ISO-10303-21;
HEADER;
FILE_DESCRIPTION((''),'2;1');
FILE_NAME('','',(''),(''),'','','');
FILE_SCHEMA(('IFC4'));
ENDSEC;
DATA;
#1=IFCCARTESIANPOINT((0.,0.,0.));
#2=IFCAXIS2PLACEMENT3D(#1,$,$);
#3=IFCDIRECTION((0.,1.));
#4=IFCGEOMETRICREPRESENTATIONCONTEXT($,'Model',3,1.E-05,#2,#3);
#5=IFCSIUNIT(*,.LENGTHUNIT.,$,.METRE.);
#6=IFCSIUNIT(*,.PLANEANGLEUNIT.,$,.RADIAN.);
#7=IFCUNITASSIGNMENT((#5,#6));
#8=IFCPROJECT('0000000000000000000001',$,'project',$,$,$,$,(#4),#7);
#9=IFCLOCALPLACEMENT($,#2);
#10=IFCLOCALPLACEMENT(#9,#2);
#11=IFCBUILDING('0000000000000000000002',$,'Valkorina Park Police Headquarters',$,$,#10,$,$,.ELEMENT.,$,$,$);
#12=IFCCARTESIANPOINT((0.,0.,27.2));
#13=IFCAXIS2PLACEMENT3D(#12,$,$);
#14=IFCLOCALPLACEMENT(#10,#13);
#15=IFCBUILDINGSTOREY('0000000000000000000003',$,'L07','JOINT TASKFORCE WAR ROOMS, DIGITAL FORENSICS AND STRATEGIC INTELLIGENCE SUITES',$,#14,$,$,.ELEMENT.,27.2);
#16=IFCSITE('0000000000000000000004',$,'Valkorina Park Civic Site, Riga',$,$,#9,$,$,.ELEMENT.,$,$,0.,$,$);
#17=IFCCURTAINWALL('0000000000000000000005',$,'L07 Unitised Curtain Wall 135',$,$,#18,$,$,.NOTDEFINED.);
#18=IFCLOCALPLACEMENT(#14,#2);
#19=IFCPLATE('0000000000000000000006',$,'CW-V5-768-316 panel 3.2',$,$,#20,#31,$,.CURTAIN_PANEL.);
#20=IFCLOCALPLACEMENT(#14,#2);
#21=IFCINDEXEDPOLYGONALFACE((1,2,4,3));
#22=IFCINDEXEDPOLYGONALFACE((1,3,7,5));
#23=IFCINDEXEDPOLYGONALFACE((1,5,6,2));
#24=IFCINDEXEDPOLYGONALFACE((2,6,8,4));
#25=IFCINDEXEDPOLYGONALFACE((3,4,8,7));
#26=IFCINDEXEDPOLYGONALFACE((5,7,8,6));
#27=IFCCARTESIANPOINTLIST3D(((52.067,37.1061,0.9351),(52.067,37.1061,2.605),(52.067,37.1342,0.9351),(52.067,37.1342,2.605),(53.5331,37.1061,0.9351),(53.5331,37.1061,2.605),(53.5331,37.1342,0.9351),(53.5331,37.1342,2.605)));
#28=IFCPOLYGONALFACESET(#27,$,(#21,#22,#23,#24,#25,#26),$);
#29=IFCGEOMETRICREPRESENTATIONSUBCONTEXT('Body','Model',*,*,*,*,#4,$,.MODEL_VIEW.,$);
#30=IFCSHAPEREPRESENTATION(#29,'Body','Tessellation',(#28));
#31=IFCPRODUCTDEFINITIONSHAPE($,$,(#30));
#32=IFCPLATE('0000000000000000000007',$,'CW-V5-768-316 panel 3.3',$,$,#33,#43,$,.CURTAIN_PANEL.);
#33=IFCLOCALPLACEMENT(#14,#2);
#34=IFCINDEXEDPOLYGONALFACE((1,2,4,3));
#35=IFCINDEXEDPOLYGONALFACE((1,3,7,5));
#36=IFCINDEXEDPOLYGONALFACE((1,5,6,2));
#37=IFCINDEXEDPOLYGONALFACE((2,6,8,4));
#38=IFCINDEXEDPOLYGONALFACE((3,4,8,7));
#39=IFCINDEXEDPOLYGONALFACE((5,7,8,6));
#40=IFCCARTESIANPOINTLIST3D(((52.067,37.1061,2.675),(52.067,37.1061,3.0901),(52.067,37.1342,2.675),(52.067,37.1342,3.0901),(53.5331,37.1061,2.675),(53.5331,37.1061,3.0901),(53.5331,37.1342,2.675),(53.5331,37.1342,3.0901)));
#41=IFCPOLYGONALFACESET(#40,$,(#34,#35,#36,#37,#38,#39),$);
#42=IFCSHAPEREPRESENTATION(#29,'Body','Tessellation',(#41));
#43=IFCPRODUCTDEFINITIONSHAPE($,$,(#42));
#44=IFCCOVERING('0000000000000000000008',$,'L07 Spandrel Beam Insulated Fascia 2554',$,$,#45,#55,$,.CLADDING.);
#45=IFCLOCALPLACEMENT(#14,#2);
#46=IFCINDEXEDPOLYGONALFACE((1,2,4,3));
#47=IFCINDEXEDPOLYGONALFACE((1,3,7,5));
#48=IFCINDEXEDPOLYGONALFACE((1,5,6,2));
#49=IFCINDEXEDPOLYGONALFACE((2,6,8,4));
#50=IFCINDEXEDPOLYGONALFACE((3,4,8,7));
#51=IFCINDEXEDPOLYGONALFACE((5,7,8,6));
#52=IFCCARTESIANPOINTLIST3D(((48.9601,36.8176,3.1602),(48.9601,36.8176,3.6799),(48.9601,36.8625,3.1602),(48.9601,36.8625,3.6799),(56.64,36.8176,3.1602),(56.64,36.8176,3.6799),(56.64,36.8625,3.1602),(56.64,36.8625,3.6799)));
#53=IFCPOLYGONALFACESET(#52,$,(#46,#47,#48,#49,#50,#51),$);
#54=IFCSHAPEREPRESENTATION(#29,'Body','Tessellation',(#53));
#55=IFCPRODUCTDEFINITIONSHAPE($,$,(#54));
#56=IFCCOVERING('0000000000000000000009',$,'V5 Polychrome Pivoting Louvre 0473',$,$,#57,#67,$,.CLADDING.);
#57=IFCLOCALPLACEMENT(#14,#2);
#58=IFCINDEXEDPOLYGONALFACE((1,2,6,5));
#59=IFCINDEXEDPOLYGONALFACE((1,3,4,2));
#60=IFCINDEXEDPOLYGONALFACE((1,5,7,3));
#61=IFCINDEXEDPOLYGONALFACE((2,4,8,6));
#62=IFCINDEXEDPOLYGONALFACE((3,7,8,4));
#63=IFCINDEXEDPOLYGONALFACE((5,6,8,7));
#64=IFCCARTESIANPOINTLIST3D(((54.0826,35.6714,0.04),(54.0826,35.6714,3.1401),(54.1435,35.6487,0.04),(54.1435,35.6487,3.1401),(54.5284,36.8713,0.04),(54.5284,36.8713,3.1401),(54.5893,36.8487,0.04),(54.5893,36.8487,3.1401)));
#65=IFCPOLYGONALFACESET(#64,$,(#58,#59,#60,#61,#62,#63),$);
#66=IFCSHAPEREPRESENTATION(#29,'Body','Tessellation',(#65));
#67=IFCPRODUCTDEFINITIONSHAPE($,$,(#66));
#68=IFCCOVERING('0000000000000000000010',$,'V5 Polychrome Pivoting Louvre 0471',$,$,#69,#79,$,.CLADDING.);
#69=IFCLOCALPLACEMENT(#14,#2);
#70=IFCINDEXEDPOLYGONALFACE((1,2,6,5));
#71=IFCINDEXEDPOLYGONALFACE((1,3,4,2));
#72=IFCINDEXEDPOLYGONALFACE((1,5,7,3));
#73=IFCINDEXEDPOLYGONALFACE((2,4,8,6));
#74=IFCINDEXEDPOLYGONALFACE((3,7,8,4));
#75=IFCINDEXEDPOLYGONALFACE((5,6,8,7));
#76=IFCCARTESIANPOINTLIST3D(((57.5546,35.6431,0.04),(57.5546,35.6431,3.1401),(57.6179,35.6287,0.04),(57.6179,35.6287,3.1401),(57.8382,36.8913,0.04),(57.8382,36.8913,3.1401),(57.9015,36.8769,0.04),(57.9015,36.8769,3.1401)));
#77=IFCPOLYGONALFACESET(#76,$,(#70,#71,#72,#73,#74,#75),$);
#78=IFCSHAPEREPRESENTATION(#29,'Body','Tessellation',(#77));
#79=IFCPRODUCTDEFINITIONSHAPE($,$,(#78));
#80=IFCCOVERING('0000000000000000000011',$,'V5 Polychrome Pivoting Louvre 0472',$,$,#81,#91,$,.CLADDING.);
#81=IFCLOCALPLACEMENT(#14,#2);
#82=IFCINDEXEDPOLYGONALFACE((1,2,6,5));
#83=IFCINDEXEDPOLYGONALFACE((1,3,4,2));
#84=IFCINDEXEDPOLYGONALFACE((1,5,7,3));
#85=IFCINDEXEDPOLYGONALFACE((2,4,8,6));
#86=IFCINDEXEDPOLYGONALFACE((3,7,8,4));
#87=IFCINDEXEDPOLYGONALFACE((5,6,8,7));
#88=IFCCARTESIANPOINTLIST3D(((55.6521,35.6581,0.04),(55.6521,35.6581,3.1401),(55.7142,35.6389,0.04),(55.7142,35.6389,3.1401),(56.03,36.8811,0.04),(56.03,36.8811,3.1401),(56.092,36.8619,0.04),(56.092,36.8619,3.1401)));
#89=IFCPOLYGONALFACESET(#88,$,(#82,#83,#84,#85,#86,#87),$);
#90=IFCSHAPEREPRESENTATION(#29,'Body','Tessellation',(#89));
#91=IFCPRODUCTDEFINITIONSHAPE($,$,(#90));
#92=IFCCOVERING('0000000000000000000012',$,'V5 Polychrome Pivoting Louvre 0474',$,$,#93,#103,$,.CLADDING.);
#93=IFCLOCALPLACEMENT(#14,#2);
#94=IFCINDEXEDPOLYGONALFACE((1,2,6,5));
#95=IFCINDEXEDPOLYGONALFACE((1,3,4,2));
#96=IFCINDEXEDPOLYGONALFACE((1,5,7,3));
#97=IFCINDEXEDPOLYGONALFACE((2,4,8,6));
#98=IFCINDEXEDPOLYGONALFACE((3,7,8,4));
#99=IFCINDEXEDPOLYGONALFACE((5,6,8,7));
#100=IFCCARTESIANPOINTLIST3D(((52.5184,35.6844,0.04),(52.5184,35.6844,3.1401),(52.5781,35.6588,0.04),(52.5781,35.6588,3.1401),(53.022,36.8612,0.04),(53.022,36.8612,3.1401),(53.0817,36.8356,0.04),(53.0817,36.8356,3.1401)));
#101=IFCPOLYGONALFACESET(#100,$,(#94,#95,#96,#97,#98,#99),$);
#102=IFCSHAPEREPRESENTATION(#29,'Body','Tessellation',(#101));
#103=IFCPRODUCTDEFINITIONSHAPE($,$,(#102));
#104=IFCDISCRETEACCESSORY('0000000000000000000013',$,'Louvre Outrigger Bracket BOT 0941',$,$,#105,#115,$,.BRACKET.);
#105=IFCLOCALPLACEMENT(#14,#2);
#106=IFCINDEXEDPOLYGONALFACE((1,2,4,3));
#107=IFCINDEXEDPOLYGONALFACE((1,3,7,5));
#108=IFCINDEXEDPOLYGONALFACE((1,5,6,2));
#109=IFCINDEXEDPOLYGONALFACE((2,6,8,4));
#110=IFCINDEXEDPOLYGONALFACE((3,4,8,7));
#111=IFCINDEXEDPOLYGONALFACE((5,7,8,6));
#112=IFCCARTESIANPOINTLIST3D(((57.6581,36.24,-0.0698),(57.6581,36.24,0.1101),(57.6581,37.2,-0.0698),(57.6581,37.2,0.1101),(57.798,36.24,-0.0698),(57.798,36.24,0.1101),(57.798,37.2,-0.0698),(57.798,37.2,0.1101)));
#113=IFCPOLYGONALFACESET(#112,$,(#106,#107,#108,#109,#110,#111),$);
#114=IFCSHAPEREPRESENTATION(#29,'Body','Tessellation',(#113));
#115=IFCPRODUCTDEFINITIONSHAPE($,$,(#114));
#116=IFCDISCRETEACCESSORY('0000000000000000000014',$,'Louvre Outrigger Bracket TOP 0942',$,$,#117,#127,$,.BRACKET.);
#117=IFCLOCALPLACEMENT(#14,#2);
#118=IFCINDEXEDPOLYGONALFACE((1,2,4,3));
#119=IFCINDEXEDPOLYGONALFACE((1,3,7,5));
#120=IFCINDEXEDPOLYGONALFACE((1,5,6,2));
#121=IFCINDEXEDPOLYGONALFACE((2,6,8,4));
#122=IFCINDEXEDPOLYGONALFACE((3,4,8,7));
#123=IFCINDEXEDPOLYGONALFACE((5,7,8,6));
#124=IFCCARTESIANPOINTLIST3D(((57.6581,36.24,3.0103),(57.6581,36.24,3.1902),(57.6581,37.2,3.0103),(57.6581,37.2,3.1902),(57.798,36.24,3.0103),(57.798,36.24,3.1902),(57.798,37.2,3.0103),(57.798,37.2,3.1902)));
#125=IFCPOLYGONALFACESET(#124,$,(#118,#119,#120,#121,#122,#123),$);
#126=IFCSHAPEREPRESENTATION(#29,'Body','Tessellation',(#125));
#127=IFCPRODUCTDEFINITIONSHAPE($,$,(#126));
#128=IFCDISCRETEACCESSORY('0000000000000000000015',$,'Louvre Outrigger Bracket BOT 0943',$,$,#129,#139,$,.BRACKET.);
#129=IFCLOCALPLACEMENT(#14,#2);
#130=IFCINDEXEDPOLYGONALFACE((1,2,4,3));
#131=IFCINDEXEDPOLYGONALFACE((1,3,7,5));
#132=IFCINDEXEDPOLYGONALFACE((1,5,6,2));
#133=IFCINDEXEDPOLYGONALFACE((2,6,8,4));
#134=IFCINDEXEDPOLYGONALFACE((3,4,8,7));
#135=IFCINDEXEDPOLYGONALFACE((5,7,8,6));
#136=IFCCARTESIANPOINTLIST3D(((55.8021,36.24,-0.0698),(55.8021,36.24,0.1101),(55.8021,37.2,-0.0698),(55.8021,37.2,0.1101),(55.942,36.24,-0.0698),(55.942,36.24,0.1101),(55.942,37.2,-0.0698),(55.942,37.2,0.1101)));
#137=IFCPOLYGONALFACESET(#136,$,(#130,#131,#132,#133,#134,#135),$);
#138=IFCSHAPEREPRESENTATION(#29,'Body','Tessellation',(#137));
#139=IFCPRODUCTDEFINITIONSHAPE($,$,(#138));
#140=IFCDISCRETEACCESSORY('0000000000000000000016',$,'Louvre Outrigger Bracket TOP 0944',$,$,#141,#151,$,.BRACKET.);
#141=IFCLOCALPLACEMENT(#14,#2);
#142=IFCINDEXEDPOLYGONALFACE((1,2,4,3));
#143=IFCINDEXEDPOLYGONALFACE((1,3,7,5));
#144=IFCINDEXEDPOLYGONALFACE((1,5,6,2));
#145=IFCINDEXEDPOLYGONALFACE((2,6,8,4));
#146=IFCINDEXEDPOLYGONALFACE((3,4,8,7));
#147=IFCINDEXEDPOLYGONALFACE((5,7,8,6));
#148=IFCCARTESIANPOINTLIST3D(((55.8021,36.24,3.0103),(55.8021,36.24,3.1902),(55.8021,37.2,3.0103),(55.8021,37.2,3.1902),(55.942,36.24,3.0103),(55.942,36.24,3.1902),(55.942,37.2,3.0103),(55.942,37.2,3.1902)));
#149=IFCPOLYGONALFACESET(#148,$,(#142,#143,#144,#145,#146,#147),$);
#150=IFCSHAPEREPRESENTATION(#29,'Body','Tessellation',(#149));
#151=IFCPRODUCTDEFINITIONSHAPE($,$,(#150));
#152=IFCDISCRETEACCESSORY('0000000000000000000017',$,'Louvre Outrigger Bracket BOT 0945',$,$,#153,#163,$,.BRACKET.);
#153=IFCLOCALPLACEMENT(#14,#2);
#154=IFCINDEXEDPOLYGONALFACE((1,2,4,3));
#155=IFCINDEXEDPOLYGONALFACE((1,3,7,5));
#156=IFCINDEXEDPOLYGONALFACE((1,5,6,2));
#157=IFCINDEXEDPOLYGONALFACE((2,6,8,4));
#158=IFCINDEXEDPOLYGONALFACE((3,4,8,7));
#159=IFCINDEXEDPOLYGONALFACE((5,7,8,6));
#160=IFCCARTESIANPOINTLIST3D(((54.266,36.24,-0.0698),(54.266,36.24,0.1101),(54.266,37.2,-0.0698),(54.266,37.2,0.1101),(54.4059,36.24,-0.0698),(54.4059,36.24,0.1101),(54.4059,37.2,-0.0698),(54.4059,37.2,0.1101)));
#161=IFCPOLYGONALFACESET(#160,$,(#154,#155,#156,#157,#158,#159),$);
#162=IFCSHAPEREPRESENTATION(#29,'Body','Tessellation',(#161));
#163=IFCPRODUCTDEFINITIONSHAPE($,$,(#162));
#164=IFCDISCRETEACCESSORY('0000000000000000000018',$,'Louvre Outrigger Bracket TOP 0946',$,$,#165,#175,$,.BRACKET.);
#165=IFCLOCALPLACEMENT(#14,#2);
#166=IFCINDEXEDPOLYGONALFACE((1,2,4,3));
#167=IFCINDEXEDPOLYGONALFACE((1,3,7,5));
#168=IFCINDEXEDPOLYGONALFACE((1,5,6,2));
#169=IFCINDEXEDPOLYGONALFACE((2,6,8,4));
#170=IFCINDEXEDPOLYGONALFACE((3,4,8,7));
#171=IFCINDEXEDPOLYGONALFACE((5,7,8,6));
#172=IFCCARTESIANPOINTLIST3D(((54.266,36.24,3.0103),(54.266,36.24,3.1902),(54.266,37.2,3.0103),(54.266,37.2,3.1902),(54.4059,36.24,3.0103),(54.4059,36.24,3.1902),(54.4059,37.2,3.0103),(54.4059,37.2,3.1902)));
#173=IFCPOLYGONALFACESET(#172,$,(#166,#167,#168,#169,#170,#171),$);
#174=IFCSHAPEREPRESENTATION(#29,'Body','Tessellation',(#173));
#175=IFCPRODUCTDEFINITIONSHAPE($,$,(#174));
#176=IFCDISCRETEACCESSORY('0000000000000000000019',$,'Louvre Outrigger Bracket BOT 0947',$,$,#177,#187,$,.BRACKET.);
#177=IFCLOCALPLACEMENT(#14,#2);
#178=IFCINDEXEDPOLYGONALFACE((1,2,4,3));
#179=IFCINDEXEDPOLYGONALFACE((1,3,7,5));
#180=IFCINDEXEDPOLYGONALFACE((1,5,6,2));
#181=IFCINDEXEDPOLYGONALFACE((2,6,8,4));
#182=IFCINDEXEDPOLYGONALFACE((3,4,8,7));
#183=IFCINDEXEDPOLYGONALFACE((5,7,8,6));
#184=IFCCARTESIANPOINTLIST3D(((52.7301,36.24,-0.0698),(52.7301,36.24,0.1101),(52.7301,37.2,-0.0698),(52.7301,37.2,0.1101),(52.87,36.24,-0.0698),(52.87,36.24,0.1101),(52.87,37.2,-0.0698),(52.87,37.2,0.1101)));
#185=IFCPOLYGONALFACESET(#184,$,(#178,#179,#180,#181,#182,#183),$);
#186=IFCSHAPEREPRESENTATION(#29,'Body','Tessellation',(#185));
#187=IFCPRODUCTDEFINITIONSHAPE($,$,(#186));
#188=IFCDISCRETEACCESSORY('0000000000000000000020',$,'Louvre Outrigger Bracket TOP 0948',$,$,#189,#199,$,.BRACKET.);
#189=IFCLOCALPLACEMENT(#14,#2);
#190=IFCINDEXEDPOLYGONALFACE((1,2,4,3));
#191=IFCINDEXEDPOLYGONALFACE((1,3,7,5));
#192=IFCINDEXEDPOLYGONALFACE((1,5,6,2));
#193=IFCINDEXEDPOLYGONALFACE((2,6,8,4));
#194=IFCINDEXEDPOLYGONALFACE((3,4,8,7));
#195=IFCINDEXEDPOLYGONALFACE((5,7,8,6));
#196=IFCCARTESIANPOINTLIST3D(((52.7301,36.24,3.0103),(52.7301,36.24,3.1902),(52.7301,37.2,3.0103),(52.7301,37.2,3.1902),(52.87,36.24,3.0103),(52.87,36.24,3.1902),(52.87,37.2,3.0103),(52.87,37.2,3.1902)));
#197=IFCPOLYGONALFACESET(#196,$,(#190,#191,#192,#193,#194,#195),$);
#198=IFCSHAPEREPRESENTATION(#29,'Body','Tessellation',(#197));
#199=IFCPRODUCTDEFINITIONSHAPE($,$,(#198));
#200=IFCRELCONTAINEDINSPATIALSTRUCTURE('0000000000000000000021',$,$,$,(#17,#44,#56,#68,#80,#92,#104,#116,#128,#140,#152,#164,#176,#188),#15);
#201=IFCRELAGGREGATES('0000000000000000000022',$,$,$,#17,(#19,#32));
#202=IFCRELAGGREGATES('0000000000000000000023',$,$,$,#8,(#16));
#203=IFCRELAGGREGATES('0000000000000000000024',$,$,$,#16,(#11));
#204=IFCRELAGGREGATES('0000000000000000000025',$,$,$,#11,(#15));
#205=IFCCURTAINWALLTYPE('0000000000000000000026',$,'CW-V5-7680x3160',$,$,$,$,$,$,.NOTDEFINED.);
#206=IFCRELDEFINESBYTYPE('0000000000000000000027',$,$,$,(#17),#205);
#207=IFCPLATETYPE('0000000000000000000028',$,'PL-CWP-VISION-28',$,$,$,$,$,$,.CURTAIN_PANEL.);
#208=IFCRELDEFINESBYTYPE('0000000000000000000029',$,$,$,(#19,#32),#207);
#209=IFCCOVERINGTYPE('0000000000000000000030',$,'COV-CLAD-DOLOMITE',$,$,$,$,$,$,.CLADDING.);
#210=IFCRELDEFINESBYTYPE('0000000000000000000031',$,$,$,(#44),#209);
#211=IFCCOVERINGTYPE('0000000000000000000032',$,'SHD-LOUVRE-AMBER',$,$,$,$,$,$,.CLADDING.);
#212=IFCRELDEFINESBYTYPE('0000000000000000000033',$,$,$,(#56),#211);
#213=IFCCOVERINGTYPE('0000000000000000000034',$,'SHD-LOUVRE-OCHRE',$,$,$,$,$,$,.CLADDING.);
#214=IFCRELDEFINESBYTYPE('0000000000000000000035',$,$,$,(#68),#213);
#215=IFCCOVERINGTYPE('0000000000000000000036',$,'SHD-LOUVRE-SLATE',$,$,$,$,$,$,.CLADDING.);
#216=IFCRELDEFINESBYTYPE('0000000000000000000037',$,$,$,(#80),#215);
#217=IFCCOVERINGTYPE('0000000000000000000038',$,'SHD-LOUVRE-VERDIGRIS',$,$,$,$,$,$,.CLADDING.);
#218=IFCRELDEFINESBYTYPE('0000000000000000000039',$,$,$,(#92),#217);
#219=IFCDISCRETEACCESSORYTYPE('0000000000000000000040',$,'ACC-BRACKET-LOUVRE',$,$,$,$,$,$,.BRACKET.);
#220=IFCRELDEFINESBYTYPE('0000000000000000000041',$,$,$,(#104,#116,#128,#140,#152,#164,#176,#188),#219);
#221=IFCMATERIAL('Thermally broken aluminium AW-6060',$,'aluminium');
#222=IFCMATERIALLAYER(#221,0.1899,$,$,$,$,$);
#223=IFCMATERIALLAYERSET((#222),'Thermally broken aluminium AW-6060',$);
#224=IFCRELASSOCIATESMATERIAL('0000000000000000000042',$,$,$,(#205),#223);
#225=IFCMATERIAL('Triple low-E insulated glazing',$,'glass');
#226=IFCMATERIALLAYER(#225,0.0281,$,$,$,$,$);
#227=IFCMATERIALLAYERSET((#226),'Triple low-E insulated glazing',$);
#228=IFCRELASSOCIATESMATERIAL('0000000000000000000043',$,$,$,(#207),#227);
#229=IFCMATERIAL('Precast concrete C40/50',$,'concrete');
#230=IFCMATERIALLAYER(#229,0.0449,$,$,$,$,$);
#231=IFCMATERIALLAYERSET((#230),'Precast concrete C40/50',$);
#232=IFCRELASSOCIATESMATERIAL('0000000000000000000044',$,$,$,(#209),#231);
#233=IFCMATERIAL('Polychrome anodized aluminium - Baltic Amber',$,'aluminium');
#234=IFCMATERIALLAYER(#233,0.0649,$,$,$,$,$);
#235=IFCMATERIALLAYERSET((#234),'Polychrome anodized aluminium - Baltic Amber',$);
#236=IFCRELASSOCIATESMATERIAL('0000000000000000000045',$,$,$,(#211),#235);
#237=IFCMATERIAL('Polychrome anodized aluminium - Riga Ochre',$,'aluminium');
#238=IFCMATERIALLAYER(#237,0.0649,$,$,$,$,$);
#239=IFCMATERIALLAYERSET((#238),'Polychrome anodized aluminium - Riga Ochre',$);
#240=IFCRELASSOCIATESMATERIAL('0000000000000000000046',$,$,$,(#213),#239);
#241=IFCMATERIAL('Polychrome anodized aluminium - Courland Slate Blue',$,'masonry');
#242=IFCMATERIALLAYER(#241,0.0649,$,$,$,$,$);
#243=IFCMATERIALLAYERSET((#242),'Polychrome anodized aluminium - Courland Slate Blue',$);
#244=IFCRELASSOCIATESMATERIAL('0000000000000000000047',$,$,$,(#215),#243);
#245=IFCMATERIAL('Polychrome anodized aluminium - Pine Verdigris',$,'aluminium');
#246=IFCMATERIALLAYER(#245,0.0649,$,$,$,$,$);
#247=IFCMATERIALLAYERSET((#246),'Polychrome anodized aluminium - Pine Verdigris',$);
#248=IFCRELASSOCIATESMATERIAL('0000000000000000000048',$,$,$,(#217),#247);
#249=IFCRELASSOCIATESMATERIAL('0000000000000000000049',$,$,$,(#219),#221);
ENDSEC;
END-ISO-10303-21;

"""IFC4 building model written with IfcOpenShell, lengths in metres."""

from ifc_helpers import new_model, si_unit, direction, frame, frame_2d, origin, origin_2d, place, context, subcontext, project, spatial, rectangle, extrude, material, layer, layer_set, type_object, element, aggregate, save


model = new_model("IFC4")

# Units and contexts
model_context = context("Model", 3, precision=1e-05, world=origin(), true_north=direction((0.0, 1.0)))
body_context = subcontext(model_context, "Body", "Model", "MODEL_VIEW")
ifc_project = project(units=[si_unit("LENGTHUNIT", "METRE"), si_unit("PLANEANGLEUNIT", "RADIAN")], contexts=[model_context])

# Site, building, storey
site_placement = place(None, origin())
site = spatial("IfcSite", under=ifc_project, at=site_placement, Name="Valkorina Park Civic Site, Riga", CompositionType="ELEMENT", RefElevation=0.0)
building_placement = place(site_placement, origin())
building = spatial("IfcBuilding", under=site, at=building_placement, Name="Valkorina Park Police Headquarters", CompositionType="ELEMENT")
storey_placement = place(building_placement, frame((0.0, 0.0, 27.2)))
storey = spatial("IfcBuildingStorey", under=building, at=storey_placement, Name="L07", Description="JOINT TASKFORCE WAR ROOMS, DIGITAL FORENSICS AND STRATEGIC INTELLIGENCE SUITES", CompositionType="ELEMENT", Elevation=27.2)

# Curtain wall, plates
ifc_material_1 = material(Name="Thermally broken aluminium AW-6060", Category="aluminium")
ifc_layer_1 = layer(ifc_material_1, 0.1899)
ifc_layer_set_1 = layer_set([ifc_layer_1], Name="Thermally broken aluminium AW-6060")
curtain_wall_type = type_object("IfcCurtainWallType", Name="CW-V5-7680x3160", PredefinedType="NOTDEFINED", material=ifc_layer_set_1)
curtain_wall_placement = place(storey_placement, origin())
curtain_wall = element("IfcCurtainWall", 1, at=curtain_wall_placement, inside=storey, type_object=curtain_wall_type, Name="L07 Unitised Curtain Wall 135", PredefinedType="NOTDEFINED")
ifc_material_2 = material(Name="Triple low-E insulated glazing", Category="glass")
ifc_layer_2 = layer(ifc_material_2, 0.0281)
ifc_layer_set_2 = layer_set([ifc_layer_2], Name="Triple low-E insulated glazing")
plate_type_1 = type_object("IfcPlateType", Name="PL-CWP-VISION-28", PredefinedType="CURTAIN_PANEL", material=ifc_layer_set_2)
plate_1_placement = place(storey_placement, frame((52.8, 37.1201, 0.9351), z_axis=(0.0, 0.0, 1.0), x_axis=(-1.0, 0.0, 0.0)))
plate_1 = element("IfcPlate", 2, at=plate_1_placement, type_object=plate_type_1, Name="CW-V5-768-316 panel 3.2", PredefinedType="CURTAIN_PANEL", context=body_context, shape_type="SweptSolid", body=[
    extrude(rectangle(XDim=1.4661, YDim=0.0281, at=origin_2d()), origin(), (0.0, 0.0, 1.0), 1.6699),
])
plate_2_placement = place(storey_placement, frame((52.8, 37.1201, 2.675), z_axis=(0.0, 0.0, 1.0), x_axis=(-1.0, 0.0, 0.0)))
plate_2 = element("IfcPlate", 3, at=plate_2_placement, type_object=plate_type_1, Name="CW-V5-768-316 panel 3.3", PredefinedType="CURTAIN_PANEL", context=body_context, shape_type="SweptSolid", body=[
    extrude(rectangle(XDim=1.4661, YDim=0.0281, at=origin_2d()), origin(), (0.0, 0.0, 1.0), 0.415),
])
aggregate(curtain_wall, [plate_1, plate_2])

# Coverings
ifc_material_3 = material(Name="Precast concrete C40/50", Category="concrete")
ifc_layer_3 = layer(ifc_material_3, 0.0449)
ifc_layer_set_3 = layer_set([ifc_layer_3], Name="Precast concrete C40/50")
covering_type_1 = type_object("IfcCoveringType", Name="COV-CLAD-DOLOMITE", PredefinedType="CLADDING", material=ifc_layer_set_3)
covering_1_placement = place(storey_placement, frame((56.6399, 36.8401, 3.1602), z_axis=(0.0, 0.0, 1.0), x_axis=(-1.0, 0.0, 0.0)))
element("IfcCovering", 4, at=covering_1_placement, inside=storey, type_object=covering_type_1, Name="L07 Spandrel Beam Insulated Fascia 2554", PredefinedType="CLADDING", context=body_context, shape_type="SweptSolid", body=[
    extrude(rectangle(XDim=7.6799, YDim=0.0449, at=frame_2d((3.8398, 0.0))), origin(), (0.0, 0.0, 1.0), 0.5198),
])
ifc_material_4 = material(Name="Polychrome anodized aluminium - Baltic Amber", Category="aluminium")
ifc_layer_4 = layer(ifc_material_4, 0.0649)
ifc_layer_set_4 = layer_set([ifc_layer_4], Name="Polychrome anodized aluminium - Baltic Amber")
covering_type_2 = type_object("IfcCoveringType", Name="SHD-LOUVRE-AMBER", PredefinedType="CLADDING", material=ifc_layer_set_4)
covering_2_placement = place(storey_placement, frame((54.3359, 36.26, 0.04), z_axis=(0.0, 0.0, 1.0), x_axis=(-0.348245, -0.937404, 0.0)))
element("IfcCovering", 5, at=covering_2_placement, inside=storey, type_object=covering_type_2, Name="V5 Polychrome Pivoting Louvre 0473", PredefinedType="CLADDING", context=body_context, shape_type="SweptSolid", body=[
    extrude(rectangle(XDim=1.28, YDim=0.0649, at=origin_2d()), origin(), (0.0, 0.0, 1.0), 3.1001),
])
ifc_material_5 = material(Name="Polychrome anodized aluminium - Riga Ochre", Category="aluminium")
ifc_layer_5 = layer(ifc_material_5, 0.0649)
ifc_layer_set_5 = layer_set([ifc_layer_5], Name="Polychrome anodized aluminium - Riga Ochre")
covering_type_3 = type_object("IfcCoveringType", Name="SHD-LOUVRE-OCHRE", PredefinedType="CLADDING", material=ifc_layer_set_5)
covering_3_placement = place(storey_placement, frame((57.728, 36.26, 0.04), z_axis=(0.0, 0.0, 1.0), x_axis=(-0.221548, -0.975149, 0.0)))
element("IfcCovering", 6, at=covering_3_placement, inside=storey, type_object=covering_type_3, Name="V5 Polychrome Pivoting Louvre 0471", PredefinedType="CLADDING", context=body_context, shape_type="SweptSolid", body=[
    extrude(rectangle(XDim=1.28, YDim=0.0649, at=origin_2d()), origin(), (0.0, 0.0, 1.0), 3.1001),
])
ifc_material_6 = material(Name="Polychrome anodized aluminium - Courland Slate Blue", Category="masonry")
ifc_layer_6 = layer(ifc_material_6, 0.0649)
ifc_layer_set_6 = layer_set([ifc_layer_6], Name="Polychrome anodized aluminium - Courland Slate Blue")
covering_type_4 = type_object("IfcCoveringType", Name="SHD-LOUVRE-SLATE", PredefinedType="CLADDING", material=ifc_layer_set_6)
covering_4_placement = place(storey_placement, frame((55.8721, 36.26, 0.04), z_axis=(0.0, 0.0, 1.0), x_axis=(-0.295208, -0.955433, 0.0)))
element("IfcCovering", 7, at=covering_4_placement, inside=storey, type_object=covering_type_4, Name="V5 Polychrome Pivoting Louvre 0472", PredefinedType="CLADDING", context=body_context, shape_type="SweptSolid", body=[
    extrude(rectangle(XDim=1.28, YDim=0.0649, at=origin_2d()), origin(), (0.0, 0.0, 1.0), 3.1001),
])
ifc_material_7 = material(Name="Polychrome anodized aluminium - Pine Verdigris", Category="aluminium")
ifc_layer_7 = layer(ifc_material_7, 0.0649)
ifc_layer_set_7 = layer_set([ifc_layer_7], Name="Polychrome anodized aluminium - Pine Verdigris")
covering_type_5 = type_object("IfcCoveringType", Name="SHD-LOUVRE-VERDIGRIS", PredefinedType="CLADDING", material=ifc_layer_set_7)
covering_5_placement = place(storey_placement, frame((52.8, 36.26, 0.04), z_axis=(0.0, 0.0, 1.0), x_axis=(-0.393461, -0.919341, 0.0)))
element("IfcCovering", 8, at=covering_5_placement, inside=storey, type_object=covering_type_5, Name="V5 Polychrome Pivoting Louvre 0474", PredefinedType="CLADDING", context=body_context, shape_type="SweptSolid", body=[
    extrude(rectangle(XDim=1.28, YDim=0.0649, at=origin_2d()), origin(), (0.0, 0.0, 1.0), 3.1001),
])

# Discrete accessories
discrete_accessory_type = type_object("IfcDiscreteAccessoryType", Name="ACC-BRACKET-LOUVRE", PredefinedType="BRACKET", material=ifc_material_1)
for number, where, z_axis, x_axis, name in (
    (9, (57.728, 36.72, -0.0698), (0.0, 0.0, 1.0), (0.0, -1.0, 0.0), "Louvre Outrigger Bracket BOT 0941"),
    (10, (57.728, 36.72, 3.0103), (0.0, 0.0, 1.0), (0.0, -1.0, 0.0), "Louvre Outrigger Bracket TOP 0942"),
    (11, (55.8721, 36.72, -0.0698), (0.0, 0.0, 1.0), (0.0, -1.0, 0.0), "Louvre Outrigger Bracket BOT 0943"),
    (12, (55.8721, 36.72, 3.0103), (0.0, 0.0, 1.0), (0.0, -1.0, 0.0), "Louvre Outrigger Bracket TOP 0944"),
    (13, (54.3359, 36.72, -0.0698), (0.0, 0.0, 1.0), (0.0, -1.0, 0.0), "Louvre Outrigger Bracket BOT 0945"),
    (14, (54.3359, 36.72, 3.0103), (0.0, 0.0, 1.0), (0.0, -1.0, 0.0), "Louvre Outrigger Bracket TOP 0946"),
    (15, (52.8, 36.72, -0.0698), (0.0, 0.0, 1.0), (0.0, -1.0, 0.0), "Louvre Outrigger Bracket BOT 0947"),
    (16, (52.8, 36.72, 3.0103), (0.0, 0.0, 1.0), (0.0, -1.0, 0.0), "Louvre Outrigger Bracket TOP 0948"),
):
    element("IfcDiscreteAccessory", number, at=place(storey_placement, frame(where, z_axis=z_axis, x_axis=x_axis)), inside=storey, type_object=discrete_accessory_type, Name=name, PredefinedType="BRACKET", context=body_context, shape_type="SweptSolid", body=[
        extrude(rectangle(XDim=0.96, YDim=0.1399, at=origin_2d()), origin(), (0.0, 0.0, 1.0), 0.1799),
    ])

save(model, "model.ifc")
